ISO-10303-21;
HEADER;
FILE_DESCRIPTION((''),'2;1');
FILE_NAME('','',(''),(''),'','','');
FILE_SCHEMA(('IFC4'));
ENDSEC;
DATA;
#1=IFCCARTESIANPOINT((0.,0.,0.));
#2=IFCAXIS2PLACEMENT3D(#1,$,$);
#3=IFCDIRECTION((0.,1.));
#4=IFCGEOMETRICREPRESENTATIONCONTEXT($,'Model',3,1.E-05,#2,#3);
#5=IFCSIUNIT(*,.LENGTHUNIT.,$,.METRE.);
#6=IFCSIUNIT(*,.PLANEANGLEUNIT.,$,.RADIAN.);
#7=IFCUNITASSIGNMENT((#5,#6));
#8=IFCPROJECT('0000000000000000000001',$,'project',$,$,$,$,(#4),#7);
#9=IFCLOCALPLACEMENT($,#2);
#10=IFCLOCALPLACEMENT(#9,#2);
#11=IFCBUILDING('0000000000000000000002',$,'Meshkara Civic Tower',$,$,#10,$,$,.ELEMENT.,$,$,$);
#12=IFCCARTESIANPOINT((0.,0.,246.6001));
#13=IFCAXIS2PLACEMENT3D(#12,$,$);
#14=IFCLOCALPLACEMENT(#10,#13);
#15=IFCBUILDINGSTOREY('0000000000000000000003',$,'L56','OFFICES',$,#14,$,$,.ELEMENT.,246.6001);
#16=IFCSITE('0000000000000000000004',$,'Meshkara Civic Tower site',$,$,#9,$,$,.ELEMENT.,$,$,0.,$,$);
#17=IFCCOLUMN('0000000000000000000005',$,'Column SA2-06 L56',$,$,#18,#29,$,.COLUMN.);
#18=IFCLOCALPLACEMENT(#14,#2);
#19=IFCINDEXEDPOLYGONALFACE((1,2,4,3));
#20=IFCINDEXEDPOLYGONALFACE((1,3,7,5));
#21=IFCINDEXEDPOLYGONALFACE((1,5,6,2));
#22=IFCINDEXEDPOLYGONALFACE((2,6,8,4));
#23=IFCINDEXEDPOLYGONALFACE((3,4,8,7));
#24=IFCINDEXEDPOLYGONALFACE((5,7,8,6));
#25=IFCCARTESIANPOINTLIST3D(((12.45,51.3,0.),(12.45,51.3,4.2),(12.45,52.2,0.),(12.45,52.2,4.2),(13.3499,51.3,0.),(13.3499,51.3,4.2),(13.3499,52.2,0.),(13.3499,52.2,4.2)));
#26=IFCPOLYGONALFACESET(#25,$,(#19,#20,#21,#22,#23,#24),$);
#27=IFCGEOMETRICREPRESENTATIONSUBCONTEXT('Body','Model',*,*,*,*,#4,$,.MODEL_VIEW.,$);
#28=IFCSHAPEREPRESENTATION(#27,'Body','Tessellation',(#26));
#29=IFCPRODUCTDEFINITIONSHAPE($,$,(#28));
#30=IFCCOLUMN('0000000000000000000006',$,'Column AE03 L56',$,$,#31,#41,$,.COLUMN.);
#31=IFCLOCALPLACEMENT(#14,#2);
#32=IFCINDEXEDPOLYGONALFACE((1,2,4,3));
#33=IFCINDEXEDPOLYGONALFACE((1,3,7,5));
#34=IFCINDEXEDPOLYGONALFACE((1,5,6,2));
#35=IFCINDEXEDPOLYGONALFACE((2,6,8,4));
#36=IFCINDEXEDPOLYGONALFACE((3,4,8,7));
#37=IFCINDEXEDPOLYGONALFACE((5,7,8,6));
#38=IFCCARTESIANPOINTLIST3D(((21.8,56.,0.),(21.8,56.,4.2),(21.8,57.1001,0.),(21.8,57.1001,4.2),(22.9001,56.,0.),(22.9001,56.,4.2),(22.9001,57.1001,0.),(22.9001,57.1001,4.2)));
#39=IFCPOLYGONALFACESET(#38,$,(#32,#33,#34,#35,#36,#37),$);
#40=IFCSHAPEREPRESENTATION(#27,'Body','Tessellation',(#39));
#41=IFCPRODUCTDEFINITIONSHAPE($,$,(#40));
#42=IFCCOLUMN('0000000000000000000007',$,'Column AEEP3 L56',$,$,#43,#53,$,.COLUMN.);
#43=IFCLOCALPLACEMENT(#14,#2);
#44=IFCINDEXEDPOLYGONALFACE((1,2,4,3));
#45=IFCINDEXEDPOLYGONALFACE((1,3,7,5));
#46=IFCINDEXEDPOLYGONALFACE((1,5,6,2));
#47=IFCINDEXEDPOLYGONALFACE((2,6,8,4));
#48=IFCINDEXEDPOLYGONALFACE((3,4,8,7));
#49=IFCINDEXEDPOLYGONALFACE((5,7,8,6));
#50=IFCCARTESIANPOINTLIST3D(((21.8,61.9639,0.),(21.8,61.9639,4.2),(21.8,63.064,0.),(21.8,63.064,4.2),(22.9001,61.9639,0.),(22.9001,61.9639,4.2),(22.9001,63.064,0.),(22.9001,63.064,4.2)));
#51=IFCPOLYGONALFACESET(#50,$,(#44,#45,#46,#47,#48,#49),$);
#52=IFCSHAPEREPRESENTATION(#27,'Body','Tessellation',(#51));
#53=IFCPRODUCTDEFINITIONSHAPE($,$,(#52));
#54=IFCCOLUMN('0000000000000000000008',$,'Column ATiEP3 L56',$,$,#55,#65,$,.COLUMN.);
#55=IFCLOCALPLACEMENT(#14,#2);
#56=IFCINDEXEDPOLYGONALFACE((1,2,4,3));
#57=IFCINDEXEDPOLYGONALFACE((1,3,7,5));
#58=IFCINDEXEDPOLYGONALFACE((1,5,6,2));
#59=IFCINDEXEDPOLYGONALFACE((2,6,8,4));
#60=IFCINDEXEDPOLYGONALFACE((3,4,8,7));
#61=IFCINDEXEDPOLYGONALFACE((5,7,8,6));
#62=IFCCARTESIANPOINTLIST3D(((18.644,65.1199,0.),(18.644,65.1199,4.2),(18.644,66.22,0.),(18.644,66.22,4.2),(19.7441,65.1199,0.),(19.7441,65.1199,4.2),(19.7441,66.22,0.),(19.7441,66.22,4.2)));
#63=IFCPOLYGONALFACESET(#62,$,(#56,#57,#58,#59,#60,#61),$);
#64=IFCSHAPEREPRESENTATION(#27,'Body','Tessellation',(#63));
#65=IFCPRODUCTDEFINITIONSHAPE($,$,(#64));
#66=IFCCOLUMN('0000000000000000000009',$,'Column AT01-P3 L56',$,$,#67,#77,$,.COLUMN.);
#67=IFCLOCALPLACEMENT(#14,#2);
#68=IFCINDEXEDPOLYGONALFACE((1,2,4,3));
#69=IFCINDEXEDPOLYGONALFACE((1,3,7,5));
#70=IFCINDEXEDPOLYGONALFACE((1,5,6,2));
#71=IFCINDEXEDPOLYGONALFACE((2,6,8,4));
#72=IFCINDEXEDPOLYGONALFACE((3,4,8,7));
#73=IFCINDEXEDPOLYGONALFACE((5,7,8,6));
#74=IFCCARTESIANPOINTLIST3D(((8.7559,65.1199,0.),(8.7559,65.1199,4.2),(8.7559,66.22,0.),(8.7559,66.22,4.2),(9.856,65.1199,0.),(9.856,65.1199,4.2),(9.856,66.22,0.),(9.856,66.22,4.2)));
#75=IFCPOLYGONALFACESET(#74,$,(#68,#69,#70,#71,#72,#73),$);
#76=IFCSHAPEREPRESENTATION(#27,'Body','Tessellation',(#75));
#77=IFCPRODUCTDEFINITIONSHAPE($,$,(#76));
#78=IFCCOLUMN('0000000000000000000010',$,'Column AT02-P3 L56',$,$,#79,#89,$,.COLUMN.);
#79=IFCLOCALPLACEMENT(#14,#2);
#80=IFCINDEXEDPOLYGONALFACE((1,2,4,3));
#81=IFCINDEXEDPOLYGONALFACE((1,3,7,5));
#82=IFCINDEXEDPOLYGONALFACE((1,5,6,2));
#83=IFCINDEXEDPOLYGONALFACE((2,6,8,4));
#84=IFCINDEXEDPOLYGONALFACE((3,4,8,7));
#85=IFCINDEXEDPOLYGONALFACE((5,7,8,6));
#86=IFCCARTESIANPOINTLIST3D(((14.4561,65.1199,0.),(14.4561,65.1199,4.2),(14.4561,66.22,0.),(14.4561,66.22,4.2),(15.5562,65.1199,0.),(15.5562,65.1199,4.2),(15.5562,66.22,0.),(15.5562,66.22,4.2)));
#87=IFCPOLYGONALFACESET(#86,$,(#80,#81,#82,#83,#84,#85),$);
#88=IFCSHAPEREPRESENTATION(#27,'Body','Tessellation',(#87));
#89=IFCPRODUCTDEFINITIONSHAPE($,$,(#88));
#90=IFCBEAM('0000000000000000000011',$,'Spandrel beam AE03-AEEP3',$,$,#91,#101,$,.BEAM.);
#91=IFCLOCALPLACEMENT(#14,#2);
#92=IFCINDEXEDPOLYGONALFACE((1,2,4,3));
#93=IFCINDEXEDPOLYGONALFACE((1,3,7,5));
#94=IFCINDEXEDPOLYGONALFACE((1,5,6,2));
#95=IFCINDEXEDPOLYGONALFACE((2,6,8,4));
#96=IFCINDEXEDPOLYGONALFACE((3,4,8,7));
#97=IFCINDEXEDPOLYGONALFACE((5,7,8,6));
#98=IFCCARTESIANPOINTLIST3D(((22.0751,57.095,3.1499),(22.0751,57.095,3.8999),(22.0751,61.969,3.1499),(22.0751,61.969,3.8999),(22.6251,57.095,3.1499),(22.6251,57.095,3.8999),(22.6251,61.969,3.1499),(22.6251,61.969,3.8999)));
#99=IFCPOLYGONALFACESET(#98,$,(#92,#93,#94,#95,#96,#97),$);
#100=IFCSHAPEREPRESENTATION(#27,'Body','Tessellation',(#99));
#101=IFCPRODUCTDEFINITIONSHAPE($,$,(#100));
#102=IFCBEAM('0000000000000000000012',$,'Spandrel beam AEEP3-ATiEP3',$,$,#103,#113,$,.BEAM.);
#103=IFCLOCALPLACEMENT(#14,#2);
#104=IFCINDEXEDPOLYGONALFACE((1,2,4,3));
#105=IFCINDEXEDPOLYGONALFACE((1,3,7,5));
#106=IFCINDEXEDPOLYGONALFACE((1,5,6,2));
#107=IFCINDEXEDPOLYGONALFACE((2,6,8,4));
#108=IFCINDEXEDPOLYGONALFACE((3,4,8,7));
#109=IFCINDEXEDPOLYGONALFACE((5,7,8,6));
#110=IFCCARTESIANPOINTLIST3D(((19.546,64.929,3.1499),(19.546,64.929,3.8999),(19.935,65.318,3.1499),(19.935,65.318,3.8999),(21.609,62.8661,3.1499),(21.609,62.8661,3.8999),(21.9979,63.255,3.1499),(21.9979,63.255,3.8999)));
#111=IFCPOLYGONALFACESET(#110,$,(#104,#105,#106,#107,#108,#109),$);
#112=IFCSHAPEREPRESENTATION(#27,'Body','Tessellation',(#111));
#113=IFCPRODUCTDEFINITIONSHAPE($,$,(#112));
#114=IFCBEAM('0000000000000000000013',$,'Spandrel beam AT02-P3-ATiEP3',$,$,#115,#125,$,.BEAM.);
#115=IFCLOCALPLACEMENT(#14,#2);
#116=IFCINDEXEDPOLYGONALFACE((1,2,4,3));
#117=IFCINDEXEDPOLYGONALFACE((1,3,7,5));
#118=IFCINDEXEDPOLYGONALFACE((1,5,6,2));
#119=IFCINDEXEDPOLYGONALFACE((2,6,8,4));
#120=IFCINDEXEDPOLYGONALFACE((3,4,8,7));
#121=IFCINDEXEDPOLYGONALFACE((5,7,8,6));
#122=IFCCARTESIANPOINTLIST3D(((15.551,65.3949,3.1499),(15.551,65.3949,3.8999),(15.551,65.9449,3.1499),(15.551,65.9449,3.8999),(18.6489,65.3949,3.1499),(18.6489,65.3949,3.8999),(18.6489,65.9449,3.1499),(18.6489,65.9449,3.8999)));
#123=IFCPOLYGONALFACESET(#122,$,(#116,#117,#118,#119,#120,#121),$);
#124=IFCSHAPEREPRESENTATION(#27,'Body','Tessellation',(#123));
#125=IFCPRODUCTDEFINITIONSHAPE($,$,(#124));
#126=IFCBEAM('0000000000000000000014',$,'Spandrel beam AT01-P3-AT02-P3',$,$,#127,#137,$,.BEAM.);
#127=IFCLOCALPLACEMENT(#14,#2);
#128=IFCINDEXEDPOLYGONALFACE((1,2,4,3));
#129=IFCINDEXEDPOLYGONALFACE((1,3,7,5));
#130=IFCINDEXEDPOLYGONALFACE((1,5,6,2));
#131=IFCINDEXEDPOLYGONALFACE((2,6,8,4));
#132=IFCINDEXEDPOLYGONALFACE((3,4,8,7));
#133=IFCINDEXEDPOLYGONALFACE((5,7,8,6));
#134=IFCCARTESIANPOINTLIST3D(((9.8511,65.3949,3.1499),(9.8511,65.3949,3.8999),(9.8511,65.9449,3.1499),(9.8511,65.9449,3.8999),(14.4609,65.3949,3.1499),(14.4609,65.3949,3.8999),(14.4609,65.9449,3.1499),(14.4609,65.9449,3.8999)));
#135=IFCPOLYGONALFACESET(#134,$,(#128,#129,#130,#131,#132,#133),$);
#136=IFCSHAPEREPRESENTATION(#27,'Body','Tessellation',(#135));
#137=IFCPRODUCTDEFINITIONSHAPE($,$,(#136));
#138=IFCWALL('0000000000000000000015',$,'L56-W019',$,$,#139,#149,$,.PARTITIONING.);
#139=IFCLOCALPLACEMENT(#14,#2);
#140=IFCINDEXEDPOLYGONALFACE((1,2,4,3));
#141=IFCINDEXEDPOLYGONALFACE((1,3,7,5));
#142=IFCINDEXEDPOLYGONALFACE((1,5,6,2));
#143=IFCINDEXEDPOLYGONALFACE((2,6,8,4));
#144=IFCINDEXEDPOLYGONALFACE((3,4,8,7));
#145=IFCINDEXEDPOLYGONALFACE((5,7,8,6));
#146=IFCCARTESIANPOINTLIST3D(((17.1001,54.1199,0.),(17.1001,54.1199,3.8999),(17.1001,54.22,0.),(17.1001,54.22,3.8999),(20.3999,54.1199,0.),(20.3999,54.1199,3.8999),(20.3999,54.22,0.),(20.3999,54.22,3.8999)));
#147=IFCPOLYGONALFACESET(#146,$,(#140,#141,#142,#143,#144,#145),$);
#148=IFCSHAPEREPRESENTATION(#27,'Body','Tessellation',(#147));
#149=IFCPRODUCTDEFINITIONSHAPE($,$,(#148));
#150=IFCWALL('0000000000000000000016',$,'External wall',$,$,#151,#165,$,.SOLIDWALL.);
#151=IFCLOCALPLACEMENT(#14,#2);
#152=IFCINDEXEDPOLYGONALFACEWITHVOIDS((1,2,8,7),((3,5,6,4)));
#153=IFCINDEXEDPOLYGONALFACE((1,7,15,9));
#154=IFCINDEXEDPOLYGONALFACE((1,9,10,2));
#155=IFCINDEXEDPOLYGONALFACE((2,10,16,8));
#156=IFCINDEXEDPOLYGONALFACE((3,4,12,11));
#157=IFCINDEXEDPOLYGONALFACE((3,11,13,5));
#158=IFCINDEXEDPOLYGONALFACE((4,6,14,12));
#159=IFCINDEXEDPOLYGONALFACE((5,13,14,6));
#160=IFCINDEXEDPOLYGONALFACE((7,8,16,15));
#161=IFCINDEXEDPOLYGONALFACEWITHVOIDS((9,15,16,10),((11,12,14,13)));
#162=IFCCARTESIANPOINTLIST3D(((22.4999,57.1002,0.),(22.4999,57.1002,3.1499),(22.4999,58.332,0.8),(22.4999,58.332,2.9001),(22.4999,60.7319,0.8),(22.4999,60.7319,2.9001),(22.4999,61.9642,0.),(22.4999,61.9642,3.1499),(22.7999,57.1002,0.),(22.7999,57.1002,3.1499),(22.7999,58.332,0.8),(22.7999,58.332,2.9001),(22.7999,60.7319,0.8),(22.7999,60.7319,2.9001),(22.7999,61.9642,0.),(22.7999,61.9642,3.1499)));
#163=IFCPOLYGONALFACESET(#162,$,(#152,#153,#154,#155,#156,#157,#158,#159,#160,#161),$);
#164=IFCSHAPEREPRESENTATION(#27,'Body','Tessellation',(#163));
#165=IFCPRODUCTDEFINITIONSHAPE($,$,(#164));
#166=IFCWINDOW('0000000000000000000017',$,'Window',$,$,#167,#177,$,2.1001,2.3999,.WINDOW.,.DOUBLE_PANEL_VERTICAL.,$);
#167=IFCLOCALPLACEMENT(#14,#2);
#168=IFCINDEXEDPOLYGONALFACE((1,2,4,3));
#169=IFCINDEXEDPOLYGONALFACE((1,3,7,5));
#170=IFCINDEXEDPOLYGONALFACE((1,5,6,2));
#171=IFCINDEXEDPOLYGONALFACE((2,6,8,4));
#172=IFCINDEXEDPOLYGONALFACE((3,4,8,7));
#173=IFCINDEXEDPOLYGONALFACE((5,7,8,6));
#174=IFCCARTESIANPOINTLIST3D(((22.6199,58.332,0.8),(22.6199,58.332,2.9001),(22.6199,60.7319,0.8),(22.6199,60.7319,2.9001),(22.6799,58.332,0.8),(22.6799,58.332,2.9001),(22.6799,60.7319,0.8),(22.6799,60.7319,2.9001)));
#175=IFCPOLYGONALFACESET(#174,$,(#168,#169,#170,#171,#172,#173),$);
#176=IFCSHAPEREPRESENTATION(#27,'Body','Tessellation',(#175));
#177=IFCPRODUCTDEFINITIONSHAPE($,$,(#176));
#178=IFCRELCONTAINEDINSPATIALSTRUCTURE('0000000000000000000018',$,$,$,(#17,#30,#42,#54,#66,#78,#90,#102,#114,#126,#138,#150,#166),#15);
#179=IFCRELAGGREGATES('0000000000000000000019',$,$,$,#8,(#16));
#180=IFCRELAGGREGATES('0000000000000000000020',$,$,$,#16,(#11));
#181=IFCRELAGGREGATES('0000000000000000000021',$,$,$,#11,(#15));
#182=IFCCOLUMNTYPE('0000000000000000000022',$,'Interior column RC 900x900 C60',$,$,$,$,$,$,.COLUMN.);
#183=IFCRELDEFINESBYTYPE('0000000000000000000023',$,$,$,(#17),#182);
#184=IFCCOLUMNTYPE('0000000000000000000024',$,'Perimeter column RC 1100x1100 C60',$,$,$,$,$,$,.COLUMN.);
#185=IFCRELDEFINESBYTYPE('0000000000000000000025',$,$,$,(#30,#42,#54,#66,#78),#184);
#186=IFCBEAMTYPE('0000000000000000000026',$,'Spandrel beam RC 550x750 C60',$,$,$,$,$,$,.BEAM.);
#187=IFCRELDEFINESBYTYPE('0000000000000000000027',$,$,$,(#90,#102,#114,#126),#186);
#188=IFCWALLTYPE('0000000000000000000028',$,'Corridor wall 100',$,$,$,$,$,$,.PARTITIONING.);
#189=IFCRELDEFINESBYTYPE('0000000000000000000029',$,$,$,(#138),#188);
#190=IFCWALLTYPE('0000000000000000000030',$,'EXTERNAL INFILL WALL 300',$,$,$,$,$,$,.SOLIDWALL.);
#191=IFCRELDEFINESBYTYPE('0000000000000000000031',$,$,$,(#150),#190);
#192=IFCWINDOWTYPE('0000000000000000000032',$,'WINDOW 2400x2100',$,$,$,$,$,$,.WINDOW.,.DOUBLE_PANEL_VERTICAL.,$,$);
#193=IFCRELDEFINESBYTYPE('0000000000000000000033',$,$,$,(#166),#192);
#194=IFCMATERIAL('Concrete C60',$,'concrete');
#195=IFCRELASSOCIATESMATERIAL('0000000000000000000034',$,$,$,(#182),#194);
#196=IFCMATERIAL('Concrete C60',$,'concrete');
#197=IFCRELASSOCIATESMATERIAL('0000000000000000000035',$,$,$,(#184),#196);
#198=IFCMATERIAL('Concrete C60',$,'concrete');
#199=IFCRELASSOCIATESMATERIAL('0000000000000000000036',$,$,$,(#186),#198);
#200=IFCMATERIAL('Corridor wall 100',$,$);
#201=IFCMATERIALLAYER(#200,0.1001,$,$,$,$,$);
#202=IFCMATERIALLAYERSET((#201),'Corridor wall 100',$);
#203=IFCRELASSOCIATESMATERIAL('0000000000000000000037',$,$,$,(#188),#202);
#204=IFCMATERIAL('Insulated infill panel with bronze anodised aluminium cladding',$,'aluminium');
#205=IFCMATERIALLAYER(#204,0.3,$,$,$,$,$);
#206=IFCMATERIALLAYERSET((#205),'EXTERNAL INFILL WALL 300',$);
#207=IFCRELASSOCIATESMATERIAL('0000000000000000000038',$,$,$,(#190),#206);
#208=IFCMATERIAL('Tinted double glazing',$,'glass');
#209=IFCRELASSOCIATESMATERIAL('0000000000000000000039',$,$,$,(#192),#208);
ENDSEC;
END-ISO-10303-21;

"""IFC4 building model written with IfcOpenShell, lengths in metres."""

from ifc_helpers import new_model, si_unit, direction, frame, frame_2d, origin, origin_2d, place, context, subcontext, project, spatial, rectangle, extrude, material, layer, layer_set, material_profile, profile_set, type_object, element, fill, save


model = new_model("IFC4")

# Units and contexts
model_context = context("Model", 3, precision=1e-05, world=origin(), true_north=direction((0.0, 1.0)))
body_context = subcontext(model_context, "Body", "Model", "MODEL_VIEW")
ifc_project = project(units=[si_unit("LENGTHUNIT", "METRE"), si_unit("PLANEANGLEUNIT", "RADIAN")], contexts=[model_context])

# Site, building, storey
site_placement = place(None, origin())
site = spatial("IfcSite", under=ifc_project, at=site_placement, Name="Meshkara Civic Tower site", CompositionType="ELEMENT", RefElevation=0.0)
building_placement = place(site_placement, origin())
building = spatial("IfcBuilding", under=site, at=building_placement, Name="Meshkara Civic Tower", CompositionType="ELEMENT")
storey_placement = place(building_placement, frame((0.0, 0.0, 246.6001)))
storey = spatial("IfcBuildingStorey", under=building, at=storey_placement, Name="L56", Description="OFFICES", CompositionType="ELEMENT", Elevation=246.6001)

# Columns
ifc_material_1 = material(Name="Concrete C60", Category="concrete")
ifc_material_profile_1 = material_profile(ifc_material_1, rectangle(XDim=0.8999, YDim=0.8999, at=origin_2d()))
ifc_profile_set_1 = profile_set([ifc_material_profile_1], Name="Concrete C60")
column_type_1 = type_object("IfcColumnType", Name="Interior column RC 900x900 C60", PredefinedType="COLUMN", material=ifc_profile_set_1)
column_placement = place(storey_placement, frame((12.8999, 51.75, 0.0), z_axis=(0.0, 0.0, 1.0), x_axis=(1.0, 0.0, 0.0)))
element("IfcColumn", 1, at=column_placement, inside=storey, type_object=column_type_1, Name="Column SA2-06 L56", PredefinedType="COLUMN", context=body_context, shape_type="SweptSolid", body=[
    extrude(rectangle(XDim=0.8999, YDim=0.8999, at=origin_2d()), origin(), (0.0, 0.0, 1.0), 4.2),
])
ifc_material_2 = material(Name="Concrete C60", Category="concrete")
ifc_material_profile_2 = material_profile(ifc_material_2, rectangle(XDim=1.1001, YDim=1.1001, at=origin_2d()))
ifc_profile_set_2 = profile_set([ifc_material_profile_2], Name="Concrete C60")
column_type_2 = type_object("IfcColumnType", Name="Perimeter column RC 1100x1100 C60", PredefinedType="COLUMN", material=ifc_profile_set_2)
for number, where, z_axis, x_axis, name in (
    (2, (22.3501, 56.55, 0.0), (0.0, 0.0, 1.0), (1.0, 0.0, 0.0), "Column AE03 L56"),
    (3, (22.3501, 62.5139, 0.0), (0.0, 0.0, 1.0), (1.0, 0.0, 0.0), "Column AEEP3 L56"),
    (4, (19.1941, 65.6699, 0.0), (0.0, 0.0, 1.0), (1.0, 0.0, 0.0), "Column ATiEP3 L56"),
    (5, (9.3059, 65.6699, 0.0), (0.0, 0.0, 1.0), (1.0, 0.0, 0.0), "Column AT01-P3 L56"),
    (6, (15.0061, 65.6699, 0.0), (0.0, 0.0, 1.0), (1.0, 0.0, 0.0), "Column AT02-P3 L56"),
):
    element("IfcColumn", number, at=place(storey_placement, frame(where, z_axis=z_axis, x_axis=x_axis)), inside=storey, type_object=column_type_2, Name=name, PredefinedType="COLUMN", context=body_context, shape_type="SweptSolid", body=[
        extrude(rectangle(XDim=1.1001, YDim=1.1001, at=origin_2d()), origin(), (0.0, 0.0, 1.0), 4.2),
    ])

# Beams
ifc_material_3 = material(Name="Concrete C60", Category="concrete")
ifc_material_profile_3 = material_profile(ifc_material_3, rectangle(XDim=0.55, YDim=0.75, at=origin_2d()))
ifc_profile_set_3 = profile_set([ifc_material_profile_3], Name="Concrete C60")
beam_type = type_object("IfcBeamType", Name="Spandrel beam RC 550x750 C60", PredefinedType="BEAM", material=ifc_profile_set_3)
beam_1_placement = place(storey_placement, frame((22.3501, 57.095, 3.5249), z_axis=(0.0, 1.0, 0.0), x_axis=(-1.0, 0.0, 0.0)))
element("IfcBeam", 7, at=beam_1_placement, inside=storey, type_object=beam_type, Name="Spandrel beam AE03-AEEP3", PredefinedType="BEAM", context=body_context, shape_type="SweptSolid", body=[
    extrude(rectangle(XDim=0.55, YDim=0.75, at=origin_2d()), origin(), (0.0, 0.0, 1.0), 4.874),
])
beam_2_placement = place(storey_placement, frame((21.8035, 63.0605, 3.5249), z_axis=(-0.707107, 0.707107, 0.0), x_axis=(-0.707107, -0.707107, 0.0)))
element("IfcBeam", 8, at=beam_2_placement, inside=storey, type_object=beam_type, Name="Spandrel beam AEEP3-ATiEP3", PredefinedType="BEAM", context=body_context, shape_type="SweptSolid", body=[
    extrude(rectangle(XDim=0.55, YDim=0.75, at=origin_2d()), origin(), (0.0, 0.0, 1.0), 2.9175),
])
beam_3_placement = place(storey_placement, frame((18.6489, 65.6699, 3.5249), z_axis=(-1.0, 0.0, 0.0), x_axis=(0.0, -1.0, 0.0)))
element("IfcBeam", 9, at=beam_3_placement, inside=storey, type_object=beam_type, Name="Spandrel beam AT02-P3-ATiEP3", PredefinedType="BEAM", context=body_context, shape_type="SweptSolid", body=[
    extrude(rectangle(XDim=0.55, YDim=0.75, at=origin_2d()), origin(), (0.0, 0.0, 1.0), 3.0979),
])
beam_4_placement = place(storey_placement, frame((14.4609, 65.6699, 3.5249), z_axis=(-1.0, 0.0, 0.0), x_axis=(0.0, -1.0, 0.0)))
element("IfcBeam", 10, at=beam_4_placement, inside=storey, type_object=beam_type, Name="Spandrel beam AT01-P3-AT02-P3", PredefinedType="BEAM", context=body_context, shape_type="SweptSolid", body=[
    extrude(rectangle(XDim=0.55, YDim=0.75, at=origin_2d()), origin(), (0.0, 0.0, 1.0), 4.6099),
])

# Wall
ifc_material_4 = material(Name="Corridor wall 100")
ifc_layer_1 = layer(ifc_material_4, 0.1001)
ifc_layer_set_1 = layer_set([ifc_layer_1], Name="Corridor wall 100")
wall_type_1 = type_object("IfcWallType", Name="Corridor wall 100", PredefinedType="PARTITIONING", material=ifc_layer_set_1)
wall_1_placement = place(storey_placement, frame((20.3999, 54.1699, 0.0), z_axis=(0.0, 0.0, 1.0), x_axis=(-1.0, 0.0, 0.0)))
element("IfcWall", 11, at=wall_1_placement, inside=storey, type_object=wall_type_1, Name="L56-W019", PredefinedType="PARTITIONING", context=body_context, shape_type="SweptSolid", body=[
    extrude(rectangle(XDim=3.2998, YDim=0.1001, at=frame_2d((1.6499, 0.0))), origin(), (0.0, 0.0, 1.0), 3.8999),
])

# Wall, opening, window
ifc_material_5 = material(Name="Insulated infill panel with bronze anodised aluminium cladding", Category="aluminium")
ifc_layer_2 = layer(ifc_material_5, 0.3)
ifc_layer_set_2 = layer_set([ifc_layer_2], Name="EXTERNAL INFILL WALL 300")
wall_type_2 = type_object("IfcWallType", Name="EXTERNAL INFILL WALL 300", PredefinedType="SOLIDWALL", material=ifc_layer_set_2)
wall_2_placement = place(storey_placement, frame((22.6499, 57.1001, 0.0), z_axis=(0.0, 0.0, 1.0), x_axis=(0.0, 1.0, 0.0)))
wall_2 = element("IfcWall", 12, at=wall_2_placement, inside=storey, type_object=wall_type_2, Name="External wall", PredefinedType="SOLIDWALL", context=body_context, shape_type="SweptSolid", body=[
    extrude(rectangle(XDim=4.864, YDim=0.3, at=frame_2d((2.4321, 0.0))), origin(), (0.0, 0.0, 1.0), 3.1499),
])
opening_1_placement = place(wall_2_placement, frame((1.2319, 0.0, 0.8)))
opening_1 = element("IfcOpeningElement", 13, at=opening_1_placement, cuts=wall_2, PredefinedType="OPENING", context=body_context, shape_type="SweptSolid", body=[
    extrude(rectangle(XDim=2.3999, YDim=2.1001, at=frame_2d((1.2, 1.05))), frame((0.0, 0.1599, 0.0), z_axis=(0.0, -1.0, 0.0), x_axis=(1.0, 0.0, 0.0)), (0.0, 0.0, 1.0), 0.3201),
])
ifc_material_6 = material(Name="Tinted double glazing", Category="glass")
window_type_1 = type_object("IfcWindowType", Name="WINDOW 2400x2100", PartitioningType="DOUBLE_PANEL_VERTICAL", PredefinedType="WINDOW", material=ifc_material_6)
window_1_placement = place(opening_1_placement, origin())
window_1 = element("IfcWindow", 14, at=window_1_placement, inside=storey, type_object=window_type_1, Name="Window", OverallHeight=2.1001, OverallWidth=2.3999, PartitioningType="DOUBLE_PANEL_VERTICAL", PredefinedType="WINDOW", context=body_context, shape_type="SweptSolid", body=[
    extrude(rectangle(XDim=2.3999, YDim=2.1001, at=frame_2d((1.2, 1.05))), frame((0.0, 0.03, 0.0), z_axis=(0.0, -1.0, 0.0), x_axis=(1.0, 0.0, 0.0)), (0.0, 0.0, 1.0), 0.0601),
])
fill(opening_1, window_1)

save(model, "model.ifc")
